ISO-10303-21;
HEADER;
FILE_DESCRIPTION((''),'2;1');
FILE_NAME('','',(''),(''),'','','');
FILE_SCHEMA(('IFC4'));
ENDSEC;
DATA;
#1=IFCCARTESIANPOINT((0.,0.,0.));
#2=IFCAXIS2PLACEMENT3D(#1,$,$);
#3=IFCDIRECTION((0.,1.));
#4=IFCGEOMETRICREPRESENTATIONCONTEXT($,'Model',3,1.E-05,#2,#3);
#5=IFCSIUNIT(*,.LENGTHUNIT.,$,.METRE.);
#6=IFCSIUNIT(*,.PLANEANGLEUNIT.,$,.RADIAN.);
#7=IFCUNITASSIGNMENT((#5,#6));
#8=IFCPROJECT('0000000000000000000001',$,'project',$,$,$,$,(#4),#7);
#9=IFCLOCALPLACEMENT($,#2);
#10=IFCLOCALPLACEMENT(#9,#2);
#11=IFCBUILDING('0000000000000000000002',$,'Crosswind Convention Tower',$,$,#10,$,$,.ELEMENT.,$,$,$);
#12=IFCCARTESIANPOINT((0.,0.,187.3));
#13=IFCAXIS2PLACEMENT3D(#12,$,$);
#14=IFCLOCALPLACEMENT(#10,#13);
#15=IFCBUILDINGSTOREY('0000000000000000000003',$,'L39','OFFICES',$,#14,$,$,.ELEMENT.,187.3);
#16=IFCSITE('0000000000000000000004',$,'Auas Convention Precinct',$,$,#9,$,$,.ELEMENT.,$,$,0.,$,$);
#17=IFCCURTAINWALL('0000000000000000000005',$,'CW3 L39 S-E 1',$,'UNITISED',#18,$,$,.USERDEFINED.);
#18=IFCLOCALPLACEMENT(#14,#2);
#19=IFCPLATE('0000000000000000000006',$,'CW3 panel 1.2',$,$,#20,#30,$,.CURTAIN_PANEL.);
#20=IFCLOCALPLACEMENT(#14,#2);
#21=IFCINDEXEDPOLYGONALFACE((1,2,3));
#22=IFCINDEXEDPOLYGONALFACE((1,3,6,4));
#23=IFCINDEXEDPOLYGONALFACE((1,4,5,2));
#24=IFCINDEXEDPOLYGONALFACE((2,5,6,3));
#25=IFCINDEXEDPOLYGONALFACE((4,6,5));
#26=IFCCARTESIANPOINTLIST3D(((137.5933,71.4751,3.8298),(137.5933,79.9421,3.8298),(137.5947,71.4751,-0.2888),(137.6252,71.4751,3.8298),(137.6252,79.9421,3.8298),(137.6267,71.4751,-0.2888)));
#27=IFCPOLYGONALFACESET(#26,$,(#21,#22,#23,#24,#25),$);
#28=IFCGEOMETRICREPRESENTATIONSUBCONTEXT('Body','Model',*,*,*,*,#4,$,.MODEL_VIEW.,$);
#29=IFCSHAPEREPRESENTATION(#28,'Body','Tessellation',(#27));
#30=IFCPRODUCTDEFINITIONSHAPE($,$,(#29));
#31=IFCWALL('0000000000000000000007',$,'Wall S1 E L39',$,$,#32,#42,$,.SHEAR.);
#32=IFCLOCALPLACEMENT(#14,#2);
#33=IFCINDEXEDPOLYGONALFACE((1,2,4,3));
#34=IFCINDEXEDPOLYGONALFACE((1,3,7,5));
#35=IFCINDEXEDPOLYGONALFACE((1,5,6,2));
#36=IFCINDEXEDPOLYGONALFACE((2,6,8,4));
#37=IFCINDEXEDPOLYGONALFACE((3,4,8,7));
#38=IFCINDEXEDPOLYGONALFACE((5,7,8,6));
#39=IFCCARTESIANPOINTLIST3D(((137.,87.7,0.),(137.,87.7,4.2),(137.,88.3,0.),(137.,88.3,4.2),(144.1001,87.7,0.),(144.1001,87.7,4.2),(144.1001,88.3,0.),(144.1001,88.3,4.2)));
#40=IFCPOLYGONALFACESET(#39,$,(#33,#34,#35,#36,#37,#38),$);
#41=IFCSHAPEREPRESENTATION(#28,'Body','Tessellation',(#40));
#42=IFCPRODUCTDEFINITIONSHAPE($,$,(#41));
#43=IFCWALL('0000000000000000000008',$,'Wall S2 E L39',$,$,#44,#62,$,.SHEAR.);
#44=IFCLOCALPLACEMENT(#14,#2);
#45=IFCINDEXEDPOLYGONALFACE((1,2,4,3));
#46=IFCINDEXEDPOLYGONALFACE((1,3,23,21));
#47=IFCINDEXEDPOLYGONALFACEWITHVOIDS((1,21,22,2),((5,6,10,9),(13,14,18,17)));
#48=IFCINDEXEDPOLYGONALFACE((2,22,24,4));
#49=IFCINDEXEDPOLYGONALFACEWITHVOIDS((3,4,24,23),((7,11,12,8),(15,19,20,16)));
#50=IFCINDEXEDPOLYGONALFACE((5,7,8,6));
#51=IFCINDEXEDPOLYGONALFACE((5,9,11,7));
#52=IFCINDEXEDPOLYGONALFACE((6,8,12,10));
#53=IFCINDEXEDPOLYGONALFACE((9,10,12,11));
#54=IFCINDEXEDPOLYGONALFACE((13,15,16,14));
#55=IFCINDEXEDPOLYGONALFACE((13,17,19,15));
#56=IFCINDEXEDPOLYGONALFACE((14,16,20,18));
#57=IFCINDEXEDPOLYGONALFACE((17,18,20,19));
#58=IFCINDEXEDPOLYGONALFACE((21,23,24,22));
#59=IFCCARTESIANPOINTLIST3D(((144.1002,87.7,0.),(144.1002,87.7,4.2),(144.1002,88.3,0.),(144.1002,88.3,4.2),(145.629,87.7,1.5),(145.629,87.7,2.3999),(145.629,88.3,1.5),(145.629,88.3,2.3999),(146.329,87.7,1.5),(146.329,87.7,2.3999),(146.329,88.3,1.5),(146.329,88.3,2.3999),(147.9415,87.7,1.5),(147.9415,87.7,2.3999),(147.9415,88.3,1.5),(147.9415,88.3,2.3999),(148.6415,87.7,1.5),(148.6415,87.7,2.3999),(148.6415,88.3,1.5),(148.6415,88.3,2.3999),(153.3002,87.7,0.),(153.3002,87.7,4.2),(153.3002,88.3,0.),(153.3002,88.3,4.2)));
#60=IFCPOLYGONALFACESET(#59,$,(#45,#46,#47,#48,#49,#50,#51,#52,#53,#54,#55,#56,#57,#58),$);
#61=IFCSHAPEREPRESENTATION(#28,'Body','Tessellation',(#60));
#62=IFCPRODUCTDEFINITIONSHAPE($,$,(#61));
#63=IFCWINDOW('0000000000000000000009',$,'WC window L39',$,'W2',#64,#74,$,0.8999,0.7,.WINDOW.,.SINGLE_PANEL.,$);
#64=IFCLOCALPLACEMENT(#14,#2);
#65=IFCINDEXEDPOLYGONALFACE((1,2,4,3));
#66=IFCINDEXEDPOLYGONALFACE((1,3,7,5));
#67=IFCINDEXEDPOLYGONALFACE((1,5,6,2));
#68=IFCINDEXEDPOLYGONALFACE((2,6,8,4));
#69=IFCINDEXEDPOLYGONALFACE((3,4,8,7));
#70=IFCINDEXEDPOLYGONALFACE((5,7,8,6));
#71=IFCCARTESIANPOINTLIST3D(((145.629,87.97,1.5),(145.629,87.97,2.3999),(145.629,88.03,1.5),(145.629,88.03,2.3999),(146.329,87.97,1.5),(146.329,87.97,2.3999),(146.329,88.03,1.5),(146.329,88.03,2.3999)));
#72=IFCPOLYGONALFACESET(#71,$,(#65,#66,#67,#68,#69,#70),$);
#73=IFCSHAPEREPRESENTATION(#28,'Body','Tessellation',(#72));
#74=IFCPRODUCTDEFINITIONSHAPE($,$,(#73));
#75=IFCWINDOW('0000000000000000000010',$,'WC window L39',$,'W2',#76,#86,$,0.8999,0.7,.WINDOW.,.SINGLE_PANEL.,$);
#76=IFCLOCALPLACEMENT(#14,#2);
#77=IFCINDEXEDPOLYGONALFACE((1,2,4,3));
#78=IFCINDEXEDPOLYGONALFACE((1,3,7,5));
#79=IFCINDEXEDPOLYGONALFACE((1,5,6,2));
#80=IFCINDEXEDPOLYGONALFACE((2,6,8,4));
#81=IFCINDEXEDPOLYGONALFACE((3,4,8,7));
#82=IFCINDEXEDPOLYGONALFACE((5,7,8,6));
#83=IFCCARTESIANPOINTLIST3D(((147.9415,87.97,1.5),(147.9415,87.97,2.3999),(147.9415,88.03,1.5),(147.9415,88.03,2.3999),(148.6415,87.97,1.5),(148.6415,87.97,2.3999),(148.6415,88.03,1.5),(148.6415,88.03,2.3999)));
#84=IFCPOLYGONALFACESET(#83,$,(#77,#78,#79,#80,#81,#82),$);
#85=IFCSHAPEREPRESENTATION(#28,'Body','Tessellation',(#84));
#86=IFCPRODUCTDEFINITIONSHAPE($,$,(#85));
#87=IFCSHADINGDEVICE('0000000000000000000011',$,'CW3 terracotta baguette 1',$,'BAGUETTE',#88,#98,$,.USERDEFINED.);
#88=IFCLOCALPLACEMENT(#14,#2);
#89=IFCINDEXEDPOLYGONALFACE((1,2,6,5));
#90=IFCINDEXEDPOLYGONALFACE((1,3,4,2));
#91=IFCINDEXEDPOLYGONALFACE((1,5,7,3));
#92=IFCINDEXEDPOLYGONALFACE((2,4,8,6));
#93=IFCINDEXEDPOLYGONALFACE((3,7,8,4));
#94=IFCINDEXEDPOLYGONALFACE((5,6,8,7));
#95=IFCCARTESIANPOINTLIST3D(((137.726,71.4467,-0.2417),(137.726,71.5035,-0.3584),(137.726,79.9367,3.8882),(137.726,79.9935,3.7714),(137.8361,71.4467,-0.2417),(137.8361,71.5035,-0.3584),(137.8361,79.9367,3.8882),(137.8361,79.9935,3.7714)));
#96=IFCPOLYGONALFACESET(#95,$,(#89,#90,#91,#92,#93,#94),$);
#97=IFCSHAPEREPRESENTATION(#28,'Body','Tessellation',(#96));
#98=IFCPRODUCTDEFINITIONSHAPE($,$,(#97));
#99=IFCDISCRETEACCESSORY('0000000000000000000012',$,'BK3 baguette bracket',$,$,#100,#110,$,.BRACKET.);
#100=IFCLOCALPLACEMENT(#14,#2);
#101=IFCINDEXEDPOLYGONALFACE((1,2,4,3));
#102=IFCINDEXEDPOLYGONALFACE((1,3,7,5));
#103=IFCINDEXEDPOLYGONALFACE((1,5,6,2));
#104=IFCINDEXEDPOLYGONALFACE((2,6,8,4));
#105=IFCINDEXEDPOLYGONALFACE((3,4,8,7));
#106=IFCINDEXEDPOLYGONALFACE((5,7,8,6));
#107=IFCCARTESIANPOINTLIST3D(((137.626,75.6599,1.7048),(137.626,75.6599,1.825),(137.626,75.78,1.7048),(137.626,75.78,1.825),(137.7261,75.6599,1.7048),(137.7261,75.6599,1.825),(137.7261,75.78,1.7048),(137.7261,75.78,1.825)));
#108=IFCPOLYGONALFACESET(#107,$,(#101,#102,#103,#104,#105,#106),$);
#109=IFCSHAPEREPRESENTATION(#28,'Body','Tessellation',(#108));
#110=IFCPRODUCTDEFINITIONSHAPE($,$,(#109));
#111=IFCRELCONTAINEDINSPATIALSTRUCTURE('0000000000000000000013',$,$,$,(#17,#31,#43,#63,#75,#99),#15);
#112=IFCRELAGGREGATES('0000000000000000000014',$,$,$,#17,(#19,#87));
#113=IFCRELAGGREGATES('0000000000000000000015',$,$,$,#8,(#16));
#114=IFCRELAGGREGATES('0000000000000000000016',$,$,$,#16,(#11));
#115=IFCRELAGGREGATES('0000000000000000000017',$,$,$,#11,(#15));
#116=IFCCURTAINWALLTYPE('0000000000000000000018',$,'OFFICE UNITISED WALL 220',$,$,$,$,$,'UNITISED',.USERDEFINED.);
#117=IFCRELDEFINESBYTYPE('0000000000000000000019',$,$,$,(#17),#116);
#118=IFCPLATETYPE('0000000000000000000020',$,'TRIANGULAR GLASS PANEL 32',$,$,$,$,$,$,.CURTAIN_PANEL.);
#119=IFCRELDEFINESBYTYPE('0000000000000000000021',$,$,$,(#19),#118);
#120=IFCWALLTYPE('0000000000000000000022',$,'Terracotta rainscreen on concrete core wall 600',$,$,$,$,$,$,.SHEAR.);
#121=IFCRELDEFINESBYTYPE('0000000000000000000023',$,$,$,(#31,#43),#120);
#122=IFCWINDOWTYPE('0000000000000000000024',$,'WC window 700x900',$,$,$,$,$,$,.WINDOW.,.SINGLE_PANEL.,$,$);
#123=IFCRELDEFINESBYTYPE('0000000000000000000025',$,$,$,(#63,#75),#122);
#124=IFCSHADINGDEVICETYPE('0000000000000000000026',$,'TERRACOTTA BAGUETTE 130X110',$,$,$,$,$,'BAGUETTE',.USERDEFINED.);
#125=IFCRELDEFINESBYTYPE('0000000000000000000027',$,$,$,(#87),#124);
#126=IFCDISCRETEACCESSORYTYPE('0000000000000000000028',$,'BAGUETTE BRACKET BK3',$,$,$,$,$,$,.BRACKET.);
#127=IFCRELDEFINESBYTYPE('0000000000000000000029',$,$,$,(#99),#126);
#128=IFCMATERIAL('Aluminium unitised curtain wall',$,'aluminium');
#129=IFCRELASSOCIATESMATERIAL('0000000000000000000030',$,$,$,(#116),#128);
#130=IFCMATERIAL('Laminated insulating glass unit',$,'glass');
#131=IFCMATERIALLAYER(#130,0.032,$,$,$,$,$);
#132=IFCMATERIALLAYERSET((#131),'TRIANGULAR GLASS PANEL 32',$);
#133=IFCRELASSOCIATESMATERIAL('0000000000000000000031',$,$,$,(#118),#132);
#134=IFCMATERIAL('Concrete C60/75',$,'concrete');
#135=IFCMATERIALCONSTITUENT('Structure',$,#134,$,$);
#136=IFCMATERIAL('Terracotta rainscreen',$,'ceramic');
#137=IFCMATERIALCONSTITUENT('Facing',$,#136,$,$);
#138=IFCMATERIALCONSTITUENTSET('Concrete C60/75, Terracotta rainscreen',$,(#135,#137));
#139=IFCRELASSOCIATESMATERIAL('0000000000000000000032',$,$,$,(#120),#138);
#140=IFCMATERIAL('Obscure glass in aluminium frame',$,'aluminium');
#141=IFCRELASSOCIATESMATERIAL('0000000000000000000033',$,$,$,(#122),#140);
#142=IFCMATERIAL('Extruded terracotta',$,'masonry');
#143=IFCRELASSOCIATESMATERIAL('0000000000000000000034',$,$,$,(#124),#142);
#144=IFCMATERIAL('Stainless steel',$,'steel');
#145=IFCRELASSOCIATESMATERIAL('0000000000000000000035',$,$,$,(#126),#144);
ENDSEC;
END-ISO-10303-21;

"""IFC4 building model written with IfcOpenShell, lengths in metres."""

from ifc_helpers import new_model, si_unit, direction, frame, frame_2d, origin, origin_2d, place, context, subcontext, project, spatial, polyline, rectangle, outline, extrude, material, layer, layer_set, constituent, constituent_set, material_profile, profile_set, type_object, element, fill, aggregate, save


model = new_model("IFC4")

# Units and contexts
model_context = context("Model", 3, precision=1e-05, world=origin(), true_north=direction((0.0, 1.0)))
body_context = subcontext(model_context, "Body", "Model", "MODEL_VIEW")
ifc_project = project(units=[si_unit("LENGTHUNIT", "METRE"), si_unit("PLANEANGLEUNIT", "RADIAN")], contexts=[model_context])

# Site, building, storey
site_placement = place(None, origin())
site = spatial("IfcSite", under=ifc_project, at=site_placement, Name="Auas Convention Precinct", CompositionType="ELEMENT", RefElevation=0.0)
building_placement = place(site_placement, origin())
building = spatial("IfcBuilding", under=site, at=building_placement, Name="Crosswind Convention Tower", CompositionType="ELEMENT")
storey_placement = place(building_placement, frame((0.0, 0.0, 187.3)))
storey = spatial("IfcBuildingStorey", under=building, at=storey_placement, Name="L39", Description="OFFICES", CompositionType="ELEMENT", Elevation=187.3)

# Shared definitions
ifc_material_1 = material(Name="Concrete C60/75", Category="concrete")

# Shared definitions
ifc_material_2 = material(Name="Aluminium unitised curtain wall", Category="aluminium")

# Curtain wall
curtain_wall_type_1 = type_object("IfcCurtainWallType", Name="OFFICE UNITISED WALL 220", ElementType="UNITISED", PredefinedType="USERDEFINED", material=ifc_material_2)
curtain_wall_1_placement = place(storey_placement, origin())
curtain_wall_1 = element("IfcCurtainWall", 1, at=curtain_wall_1_placement, inside=storey, type_object=curtain_wall_type_1, Name="CW3 L39 S-E 1", ObjectType="UNITISED", PredefinedType="USERDEFINED")

# Plate
ifc_material_3 = material(Name="Laminated insulating glass unit", Category="glass")
ifc_layer_1 = layer(ifc_material_3, 0.032)
ifc_layer_set_1 = layer_set([ifc_layer_1], Name="TRIANGULAR GLASS PANEL 32")
plate_type_1 = type_object("IfcPlateType", Name="TRIANGULAR GLASS PANEL 32", PredefinedType="CURTAIN_PANEL", material=ifc_layer_set_1)
plate_1_placement = place(storey_placement, frame((137.6252, 71.4751, 3.8298), z_axis=(1.0, 0.0, 0.000356), x_axis=(0.000356, 0.0, -1.0)))
plate_1 = element("IfcPlate", 2, at=plate_1_placement, type_object=plate_type_1, Name="CW3 panel 1.2", PredefinedType="CURTAIN_PANEL", context=body_context, shape_type="SweptSolid", body=[
    extrude(outline(polyline([(0.0, 0.0), (4.1187, 0.0), (0.0, 8.467), (0.0, 0.0)])), origin(), (0.0, 0.0, -1.0), 0.032),
])

# Wall
ifc_constituent_1 = constituent(ifc_material_1, Name="Structure")
ifc_material_4 = material(Name="Terracotta rainscreen", Category="ceramic")
ifc_constituent_2 = constituent(ifc_material_4, Name="Facing")
ifc_constituent_set = constituent_set(constituents=[ifc_constituent_1, ifc_constituent_2], Name="Concrete C60/75, Terracotta rainscreen")
wall_type = type_object("IfcWallType", Name="Terracotta rainscreen on concrete core wall 600", PredefinedType="SHEAR", material=ifc_constituent_set)
wall_1_placement = place(storey_placement, frame((137.0, 88.0, 0.0), z_axis=(0.0, 0.0, 1.0), x_axis=(1.0, 0.0, 0.0)))
element("IfcWall", 3, at=wall_1_placement, inside=storey, type_object=wall_type, Name="Wall S1 E L39", PredefinedType="SHEAR", context=body_context, shape_type="SweptSolid", body=[
    extrude(rectangle(XDim=7.1001, YDim=0.6001, at=frame_2d((3.55, 0.0))), origin(), (0.0, 0.0, 1.0), 4.2),
])

# Wall, openings, windows
wall_2_placement = place(storey_placement, frame((144.1001, 88.0, 0.0), z_axis=(0.0, 0.0, 1.0), x_axis=(1.0, 0.0, 0.0)))
wall_2 = element("IfcWall", 4, at=wall_2_placement, inside=storey, type_object=wall_type, Name="Wall S2 E L39", PredefinedType="SHEAR", context=body_context, shape_type="SweptSolid", body=[
    extrude(rectangle(XDim=9.2, YDim=0.6001, at=frame_2d((4.6001, 0.0))), origin(), (0.0, 0.0, 1.0), 4.2),
])
opening_1_placement = place(wall_2_placement, frame((1.5288, 0.0, 1.5)))
opening_1 = element("IfcOpeningElement", 5, at=opening_1_placement, cuts=wall_2, PredefinedType="OPENING", context=body_context, shape_type="SweptSolid", body=[
    extrude(rectangle(XDim=0.7, YDim=0.8999, at=frame_2d((0.3501, 0.45))), frame((0.0, 0.3101, 0.0), z_axis=(0.0, -1.0, 0.0), x_axis=(1.0, 0.0, 0.0)), (0.0, 0.0, 1.0), 0.6201),
])
opening_2_placement = place(wall_2_placement, frame((3.8413, 0.0, 1.5)))
opening_2 = element("IfcOpeningElement", 6, at=opening_2_placement, cuts=wall_2, PredefinedType="OPENING", context=body_context, shape_type="SweptSolid", body=[
    extrude(rectangle(XDim=0.7, YDim=0.8999, at=frame_2d((0.3501, 0.45))), frame((0.0, 0.3101, 0.0), z_axis=(0.0, -1.0, 0.0), x_axis=(1.0, 0.0, 0.0)), (0.0, 0.0, 1.0), 0.6201),
])
ifc_material_5 = material(Name="Obscure glass in aluminium frame", Category="aluminium")
window_type = type_object("IfcWindowType", Name="WC window 700x900", PartitioningType="SINGLE_PANEL", PredefinedType="WINDOW", material=ifc_material_5)
window_1_placement = place(opening_1_placement, origin())
window_1 = element("IfcWindow", 7, at=window_1_placement, inside=storey, type_object=window_type, Name="WC window L39", ObjectType="W2", OverallHeight=0.8999, OverallWidth=0.7, PartitioningType="SINGLE_PANEL", PredefinedType="WINDOW", context=body_context, shape_type="SweptSolid", body=[
    extrude(rectangle(XDim=0.7, YDim=0.8999, at=frame_2d((0.3501, 0.45))), frame((0.0, 0.03, 0.0), z_axis=(0.0, -1.0, 0.0), x_axis=(1.0, 0.0, 0.0)), (0.0, 0.0, 1.0), 0.0601),
])
fill(opening_1, window_1)
window_2_placement = place(opening_2_placement, origin())
window_2 = element("IfcWindow", 8, at=window_2_placement, inside=storey, type_object=window_type, Name="WC window L39", ObjectType="W2", OverallHeight=0.8999, OverallWidth=0.7, PartitioningType="SINGLE_PANEL", PredefinedType="WINDOW", context=body_context, shape_type="SweptSolid", body=[
    extrude(rectangle(XDim=0.7, YDim=0.8999, at=frame_2d((0.3501, 0.45))), frame((0.0, 0.03, 0.0), z_axis=(0.0, -1.0, 0.0), x_axis=(1.0, 0.0, 0.0)), (0.0, 0.0, 1.0), 0.0601),
])
fill(opening_2, window_2)

# Shading device
ifc_material_6 = material(Name="Extruded terracotta", Category="masonry")
ifc_material_profile_1 = material_profile(ifc_material_6, rectangle(XDim=0.1101, YDim=0.1299, at=origin_2d()), Name="TC 110X130")
ifc_profile_set_1 = profile_set([ifc_material_profile_1], Name="Extruded terracotta")
shading_device_type = type_object("IfcShadingDeviceType", Name="TERRACOTTA BAGUETTE 130X110", ElementType="BAGUETTE", PredefinedType="USERDEFINED", material=ifc_profile_set_1)
shading_device_placement = place(storey_placement, frame((137.781, 71.4751, -0.3), z_axis=(0.0, 0.899251, 0.437433), x_axis=(-1.0, 0.0, 0.0)))
shading_device = element("IfcShadingDevice", 9, at=shading_device_placement, type_object=shading_device_type, Name="CW3 terracotta baguette 1", ObjectType="BAGUETTE", PredefinedType="USERDEFINED", context=body_context, shape_type="SweptSolid", body=[
    extrude(rectangle(XDim=0.1101, YDim=0.1299, at=origin_2d()), origin(), (0.0, 0.0, 1.0), 9.4412),
])
aggregate(curtain_wall_1, [plate_1, shading_device])

# Discrete accessory
ifc_material_7 = material(Name="Stainless steel", Category="steel")
discrete_accessory_type = type_object("IfcDiscreteAccessoryType", Name="BAGUETTE BRACKET BK3", PredefinedType="BRACKET", material=ifc_material_7)
discrete_accessory_placement = place(storey_placement, frame((137.676, 75.72, 1.7048), z_axis=(0.0, 0.0, 1.0), x_axis=(0.0, 1.0, 0.0)))
element("IfcDiscreteAccessory", 10, at=discrete_accessory_placement, inside=storey, type_object=discrete_accessory_type, Name="BK3 baguette bracket", PredefinedType="BRACKET", context=body_context, shape_type="SweptSolid", body=[
    extrude(rectangle(XDim=0.1201, YDim=0.1001, at=origin_2d()), origin(), (0.0, 0.0, 1.0), 0.1201),
])

save(model, "model.ifc")
